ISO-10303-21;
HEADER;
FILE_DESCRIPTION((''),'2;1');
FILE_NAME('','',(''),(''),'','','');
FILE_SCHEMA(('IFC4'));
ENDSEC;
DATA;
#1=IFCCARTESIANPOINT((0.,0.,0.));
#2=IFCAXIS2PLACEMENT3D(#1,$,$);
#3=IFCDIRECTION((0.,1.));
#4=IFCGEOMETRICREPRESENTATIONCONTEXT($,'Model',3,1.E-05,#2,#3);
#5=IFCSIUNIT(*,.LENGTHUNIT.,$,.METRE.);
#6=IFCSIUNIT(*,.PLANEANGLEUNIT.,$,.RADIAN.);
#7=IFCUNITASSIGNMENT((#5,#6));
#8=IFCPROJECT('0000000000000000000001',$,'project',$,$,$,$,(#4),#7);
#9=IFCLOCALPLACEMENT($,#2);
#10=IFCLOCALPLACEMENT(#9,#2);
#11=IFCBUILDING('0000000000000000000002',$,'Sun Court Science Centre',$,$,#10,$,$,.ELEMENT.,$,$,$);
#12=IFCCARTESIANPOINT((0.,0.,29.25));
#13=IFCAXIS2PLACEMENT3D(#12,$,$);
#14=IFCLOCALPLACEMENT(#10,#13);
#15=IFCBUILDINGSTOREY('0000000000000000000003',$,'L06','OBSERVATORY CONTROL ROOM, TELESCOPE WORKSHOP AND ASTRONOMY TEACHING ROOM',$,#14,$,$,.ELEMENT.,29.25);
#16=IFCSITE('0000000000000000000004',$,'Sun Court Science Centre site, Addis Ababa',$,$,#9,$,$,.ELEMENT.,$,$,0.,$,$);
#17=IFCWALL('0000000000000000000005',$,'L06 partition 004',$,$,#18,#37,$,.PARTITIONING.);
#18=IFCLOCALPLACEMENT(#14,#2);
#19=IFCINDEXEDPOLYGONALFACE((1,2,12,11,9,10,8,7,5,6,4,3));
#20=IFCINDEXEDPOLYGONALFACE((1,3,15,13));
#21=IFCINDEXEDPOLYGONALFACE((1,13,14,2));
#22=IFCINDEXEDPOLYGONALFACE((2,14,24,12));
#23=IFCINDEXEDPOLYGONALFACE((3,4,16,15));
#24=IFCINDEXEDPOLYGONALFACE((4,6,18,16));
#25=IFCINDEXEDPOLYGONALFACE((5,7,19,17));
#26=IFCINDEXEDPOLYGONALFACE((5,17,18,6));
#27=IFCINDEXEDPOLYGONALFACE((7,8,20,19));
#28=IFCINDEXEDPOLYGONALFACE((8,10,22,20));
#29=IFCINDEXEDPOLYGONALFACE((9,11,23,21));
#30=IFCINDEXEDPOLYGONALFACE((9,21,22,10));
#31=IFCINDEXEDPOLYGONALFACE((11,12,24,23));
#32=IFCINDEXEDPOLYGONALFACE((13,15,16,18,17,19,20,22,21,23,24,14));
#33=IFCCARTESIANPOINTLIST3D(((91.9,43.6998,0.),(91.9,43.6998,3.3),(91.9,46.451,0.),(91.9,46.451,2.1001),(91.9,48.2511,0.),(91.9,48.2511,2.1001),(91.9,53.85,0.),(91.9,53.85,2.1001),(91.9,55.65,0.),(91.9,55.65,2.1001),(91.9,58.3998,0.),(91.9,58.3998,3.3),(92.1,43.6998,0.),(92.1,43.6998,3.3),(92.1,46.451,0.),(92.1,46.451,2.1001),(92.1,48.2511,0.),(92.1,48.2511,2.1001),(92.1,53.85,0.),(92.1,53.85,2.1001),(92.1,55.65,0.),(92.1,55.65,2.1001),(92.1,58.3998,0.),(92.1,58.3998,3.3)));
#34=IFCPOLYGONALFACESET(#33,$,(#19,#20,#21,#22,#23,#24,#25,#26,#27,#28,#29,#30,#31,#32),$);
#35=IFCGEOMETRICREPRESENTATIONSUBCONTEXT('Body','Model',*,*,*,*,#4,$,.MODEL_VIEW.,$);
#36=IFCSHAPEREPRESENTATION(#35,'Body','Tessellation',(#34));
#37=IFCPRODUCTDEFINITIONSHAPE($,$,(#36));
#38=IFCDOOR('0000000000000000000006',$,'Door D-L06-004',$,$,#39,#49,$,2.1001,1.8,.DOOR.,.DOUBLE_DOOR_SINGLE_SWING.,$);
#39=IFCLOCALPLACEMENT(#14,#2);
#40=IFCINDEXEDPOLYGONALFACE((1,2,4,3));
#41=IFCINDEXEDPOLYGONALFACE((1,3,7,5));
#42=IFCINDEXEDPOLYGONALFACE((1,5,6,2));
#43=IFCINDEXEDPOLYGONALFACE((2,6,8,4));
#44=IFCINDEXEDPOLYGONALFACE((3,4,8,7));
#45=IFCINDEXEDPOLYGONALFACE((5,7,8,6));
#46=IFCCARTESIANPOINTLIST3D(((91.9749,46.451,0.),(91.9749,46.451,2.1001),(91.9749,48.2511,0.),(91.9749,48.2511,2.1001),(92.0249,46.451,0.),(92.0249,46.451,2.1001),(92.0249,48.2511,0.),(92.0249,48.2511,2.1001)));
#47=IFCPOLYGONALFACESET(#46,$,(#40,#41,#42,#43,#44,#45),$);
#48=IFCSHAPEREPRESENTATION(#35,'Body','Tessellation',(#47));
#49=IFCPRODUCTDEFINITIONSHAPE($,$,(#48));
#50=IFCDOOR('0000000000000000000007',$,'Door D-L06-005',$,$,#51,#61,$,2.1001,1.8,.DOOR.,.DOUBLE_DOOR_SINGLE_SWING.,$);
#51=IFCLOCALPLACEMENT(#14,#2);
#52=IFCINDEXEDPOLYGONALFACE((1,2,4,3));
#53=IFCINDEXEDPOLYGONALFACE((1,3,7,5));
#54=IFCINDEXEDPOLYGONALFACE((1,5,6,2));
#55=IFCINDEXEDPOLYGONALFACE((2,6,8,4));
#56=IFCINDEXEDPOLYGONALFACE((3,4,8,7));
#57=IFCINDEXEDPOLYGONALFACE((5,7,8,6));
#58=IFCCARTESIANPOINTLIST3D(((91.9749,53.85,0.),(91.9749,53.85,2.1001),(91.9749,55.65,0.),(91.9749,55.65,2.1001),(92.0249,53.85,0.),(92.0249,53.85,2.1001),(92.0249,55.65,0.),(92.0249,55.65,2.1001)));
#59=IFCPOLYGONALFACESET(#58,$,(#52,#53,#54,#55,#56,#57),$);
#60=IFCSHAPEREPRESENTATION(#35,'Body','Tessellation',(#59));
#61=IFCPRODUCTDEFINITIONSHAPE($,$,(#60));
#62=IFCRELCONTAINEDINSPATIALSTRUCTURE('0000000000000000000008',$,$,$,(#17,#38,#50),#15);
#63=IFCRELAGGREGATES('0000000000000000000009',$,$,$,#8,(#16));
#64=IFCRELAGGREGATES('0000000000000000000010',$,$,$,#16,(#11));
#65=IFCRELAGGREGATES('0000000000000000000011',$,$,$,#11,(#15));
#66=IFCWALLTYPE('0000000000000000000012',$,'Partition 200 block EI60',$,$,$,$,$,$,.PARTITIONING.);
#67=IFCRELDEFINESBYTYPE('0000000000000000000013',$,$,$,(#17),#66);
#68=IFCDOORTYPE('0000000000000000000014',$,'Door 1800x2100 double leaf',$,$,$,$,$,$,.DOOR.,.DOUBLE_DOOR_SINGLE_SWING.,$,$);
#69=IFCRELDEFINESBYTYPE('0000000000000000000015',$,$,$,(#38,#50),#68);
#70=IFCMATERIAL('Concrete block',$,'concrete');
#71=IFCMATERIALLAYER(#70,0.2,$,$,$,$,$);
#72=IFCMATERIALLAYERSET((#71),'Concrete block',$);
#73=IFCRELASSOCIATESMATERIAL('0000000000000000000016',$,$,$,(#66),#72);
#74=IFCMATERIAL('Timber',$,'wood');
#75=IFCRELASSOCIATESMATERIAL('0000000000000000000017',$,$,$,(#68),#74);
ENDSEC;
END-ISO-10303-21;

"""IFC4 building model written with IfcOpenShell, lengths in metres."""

from ifc_helpers import new_model, si_unit, direction, frame, frame_2d, origin, place, context, subcontext, project, spatial, rectangle, extrude, material, layer, layer_set, type_object, element, fill, save


model = new_model("IFC4")

# Units and contexts
model_context = context("Model", 3, precision=1e-05, world=origin(), true_north=direction((0.0, 1.0)))
body_context = subcontext(model_context, "Body", "Model", "MODEL_VIEW")
ifc_project = project(units=[si_unit("LENGTHUNIT", "METRE"), si_unit("PLANEANGLEUNIT", "RADIAN")], contexts=[model_context])

# Site, building, storey
site_placement = place(None, origin())
site = spatial("IfcSite", under=ifc_project, at=site_placement, Name="Sun Court Science Centre site, Addis Ababa", CompositionType="ELEMENT", RefElevation=0.0)
building_placement = place(site_placement, origin())
building = spatial("IfcBuilding", under=site, at=building_placement, Name="Sun Court Science Centre", CompositionType="ELEMENT")
storey_placement = place(building_placement, frame((0.0, 0.0, 29.25)))
storey = spatial("IfcBuildingStorey", under=building, at=storey_placement, Name="L06", Description="OBSERVATORY CONTROL ROOM, TELESCOPE WORKSHOP AND ASTRONOMY TEACHING ROOM", CompositionType="ELEMENT", Elevation=29.25)

# Wall, openings, doors
ifc_material_1 = material(Name="Concrete block", Category="concrete")
ifc_layer_1 = layer(ifc_material_1, 0.2)
ifc_layer_set_1 = layer_set([ifc_layer_1], Name="Concrete block")
wall_type = type_object("IfcWallType", Name="Partition 200 block EI60", PredefinedType="PARTITIONING", material=ifc_layer_set_1)
wall_1_placement = place(storey_placement, frame((92.0, 58.3999, 0.0), z_axis=(0.0, 0.0, 1.0), x_axis=(0.0, -1.0, 0.0)))
wall_1 = element("IfcWall", 1, at=wall_1_placement, inside=storey, type_object=wall_type, Name="L06 partition 004", PredefinedType="PARTITIONING", context=body_context, shape_type="SweptSolid", body=[
    extrude(rectangle(XDim=14.7, YDim=0.2, at=frame_2d((7.3501, 0.0))), origin(), (0.0, 0.0, 1.0), 3.3),
])
opening_1_placement = place(wall_1_placement, frame((10.1489, 0.0, 0.0)))
opening_1 = element("IfcOpeningElement", 2, at=opening_1_placement, cuts=wall_1, PredefinedType="OPENING", context=body_context, shape_type="SweptSolid", body=[
    extrude(rectangle(XDim=1.8, YDim=2.1001, at=frame_2d((0.8999, 1.05))), frame((0.0, 0.1099, 0.0), z_axis=(0.0, -1.0, 0.0), x_axis=(1.0, 0.0, 0.0)), (0.0, 0.0, 1.0), 0.22),
])
opening_2_placement = place(wall_1_placement, frame((2.75, 0.0, 0.0)))
opening_2 = element("IfcOpeningElement", 3, at=opening_2_placement, cuts=wall_1, PredefinedType="OPENING", context=body_context, shape_type="SweptSolid", body=[
    extrude(rectangle(XDim=1.8, YDim=2.1001, at=frame_2d((0.8999, 1.05))), frame((0.0, 0.1099, 0.0), z_axis=(0.0, -1.0, 0.0), x_axis=(1.0, 0.0, 0.0)), (0.0, 0.0, 1.0), 0.22),
])
ifc_material_2 = material(Name="Timber", Category="wood")
door_type_1 = type_object("IfcDoorType", Name="Door 1800x2100 double leaf", OperationType="DOUBLE_DOOR_SINGLE_SWING", PredefinedType="DOOR", material=ifc_material_2)
door_1_placement = place(opening_1_placement, origin())
door_1 = element("IfcDoor", 4, at=door_1_placement, inside=storey, type_object=door_type_1, Name="Door D-L06-004", OperationType="DOUBLE_DOOR_SINGLE_SWING", OverallHeight=2.1001, OverallWidth=1.8, PredefinedType="DOOR", context=body_context, shape_type="SweptSolid", body=[
    extrude(rectangle(XDim=1.8, YDim=2.1001, at=frame_2d((0.8999, 1.05))), frame((0.0, 0.0249, 0.0), z_axis=(0.0, -1.0, 0.0), x_axis=(1.0, 0.0, 0.0)), (0.0, 0.0, 1.0), 0.05),
])
fill(opening_1, door_1)
door_2_placement = place(opening_2_placement, origin())
door_2 = element("IfcDoor", 5, at=door_2_placement, inside=storey, type_object=door_type_1, Name="Door D-L06-005", OperationType="DOUBLE_DOOR_SINGLE_SWING", OverallHeight=2.1001, OverallWidth=1.8, PredefinedType="DOOR", context=body_context, shape_type="SweptSolid", body=[
    extrude(rectangle(XDim=1.8, YDim=2.1001, at=frame_2d((0.8999, 1.05))), frame((0.0, 0.0249, 0.0), z_axis=(0.0, -1.0, 0.0), x_axis=(1.0, 0.0, 0.0)), (0.0, 0.0, 1.0), 0.05),
])
fill(opening_2, door_2)

save(model, "model.ifc")
